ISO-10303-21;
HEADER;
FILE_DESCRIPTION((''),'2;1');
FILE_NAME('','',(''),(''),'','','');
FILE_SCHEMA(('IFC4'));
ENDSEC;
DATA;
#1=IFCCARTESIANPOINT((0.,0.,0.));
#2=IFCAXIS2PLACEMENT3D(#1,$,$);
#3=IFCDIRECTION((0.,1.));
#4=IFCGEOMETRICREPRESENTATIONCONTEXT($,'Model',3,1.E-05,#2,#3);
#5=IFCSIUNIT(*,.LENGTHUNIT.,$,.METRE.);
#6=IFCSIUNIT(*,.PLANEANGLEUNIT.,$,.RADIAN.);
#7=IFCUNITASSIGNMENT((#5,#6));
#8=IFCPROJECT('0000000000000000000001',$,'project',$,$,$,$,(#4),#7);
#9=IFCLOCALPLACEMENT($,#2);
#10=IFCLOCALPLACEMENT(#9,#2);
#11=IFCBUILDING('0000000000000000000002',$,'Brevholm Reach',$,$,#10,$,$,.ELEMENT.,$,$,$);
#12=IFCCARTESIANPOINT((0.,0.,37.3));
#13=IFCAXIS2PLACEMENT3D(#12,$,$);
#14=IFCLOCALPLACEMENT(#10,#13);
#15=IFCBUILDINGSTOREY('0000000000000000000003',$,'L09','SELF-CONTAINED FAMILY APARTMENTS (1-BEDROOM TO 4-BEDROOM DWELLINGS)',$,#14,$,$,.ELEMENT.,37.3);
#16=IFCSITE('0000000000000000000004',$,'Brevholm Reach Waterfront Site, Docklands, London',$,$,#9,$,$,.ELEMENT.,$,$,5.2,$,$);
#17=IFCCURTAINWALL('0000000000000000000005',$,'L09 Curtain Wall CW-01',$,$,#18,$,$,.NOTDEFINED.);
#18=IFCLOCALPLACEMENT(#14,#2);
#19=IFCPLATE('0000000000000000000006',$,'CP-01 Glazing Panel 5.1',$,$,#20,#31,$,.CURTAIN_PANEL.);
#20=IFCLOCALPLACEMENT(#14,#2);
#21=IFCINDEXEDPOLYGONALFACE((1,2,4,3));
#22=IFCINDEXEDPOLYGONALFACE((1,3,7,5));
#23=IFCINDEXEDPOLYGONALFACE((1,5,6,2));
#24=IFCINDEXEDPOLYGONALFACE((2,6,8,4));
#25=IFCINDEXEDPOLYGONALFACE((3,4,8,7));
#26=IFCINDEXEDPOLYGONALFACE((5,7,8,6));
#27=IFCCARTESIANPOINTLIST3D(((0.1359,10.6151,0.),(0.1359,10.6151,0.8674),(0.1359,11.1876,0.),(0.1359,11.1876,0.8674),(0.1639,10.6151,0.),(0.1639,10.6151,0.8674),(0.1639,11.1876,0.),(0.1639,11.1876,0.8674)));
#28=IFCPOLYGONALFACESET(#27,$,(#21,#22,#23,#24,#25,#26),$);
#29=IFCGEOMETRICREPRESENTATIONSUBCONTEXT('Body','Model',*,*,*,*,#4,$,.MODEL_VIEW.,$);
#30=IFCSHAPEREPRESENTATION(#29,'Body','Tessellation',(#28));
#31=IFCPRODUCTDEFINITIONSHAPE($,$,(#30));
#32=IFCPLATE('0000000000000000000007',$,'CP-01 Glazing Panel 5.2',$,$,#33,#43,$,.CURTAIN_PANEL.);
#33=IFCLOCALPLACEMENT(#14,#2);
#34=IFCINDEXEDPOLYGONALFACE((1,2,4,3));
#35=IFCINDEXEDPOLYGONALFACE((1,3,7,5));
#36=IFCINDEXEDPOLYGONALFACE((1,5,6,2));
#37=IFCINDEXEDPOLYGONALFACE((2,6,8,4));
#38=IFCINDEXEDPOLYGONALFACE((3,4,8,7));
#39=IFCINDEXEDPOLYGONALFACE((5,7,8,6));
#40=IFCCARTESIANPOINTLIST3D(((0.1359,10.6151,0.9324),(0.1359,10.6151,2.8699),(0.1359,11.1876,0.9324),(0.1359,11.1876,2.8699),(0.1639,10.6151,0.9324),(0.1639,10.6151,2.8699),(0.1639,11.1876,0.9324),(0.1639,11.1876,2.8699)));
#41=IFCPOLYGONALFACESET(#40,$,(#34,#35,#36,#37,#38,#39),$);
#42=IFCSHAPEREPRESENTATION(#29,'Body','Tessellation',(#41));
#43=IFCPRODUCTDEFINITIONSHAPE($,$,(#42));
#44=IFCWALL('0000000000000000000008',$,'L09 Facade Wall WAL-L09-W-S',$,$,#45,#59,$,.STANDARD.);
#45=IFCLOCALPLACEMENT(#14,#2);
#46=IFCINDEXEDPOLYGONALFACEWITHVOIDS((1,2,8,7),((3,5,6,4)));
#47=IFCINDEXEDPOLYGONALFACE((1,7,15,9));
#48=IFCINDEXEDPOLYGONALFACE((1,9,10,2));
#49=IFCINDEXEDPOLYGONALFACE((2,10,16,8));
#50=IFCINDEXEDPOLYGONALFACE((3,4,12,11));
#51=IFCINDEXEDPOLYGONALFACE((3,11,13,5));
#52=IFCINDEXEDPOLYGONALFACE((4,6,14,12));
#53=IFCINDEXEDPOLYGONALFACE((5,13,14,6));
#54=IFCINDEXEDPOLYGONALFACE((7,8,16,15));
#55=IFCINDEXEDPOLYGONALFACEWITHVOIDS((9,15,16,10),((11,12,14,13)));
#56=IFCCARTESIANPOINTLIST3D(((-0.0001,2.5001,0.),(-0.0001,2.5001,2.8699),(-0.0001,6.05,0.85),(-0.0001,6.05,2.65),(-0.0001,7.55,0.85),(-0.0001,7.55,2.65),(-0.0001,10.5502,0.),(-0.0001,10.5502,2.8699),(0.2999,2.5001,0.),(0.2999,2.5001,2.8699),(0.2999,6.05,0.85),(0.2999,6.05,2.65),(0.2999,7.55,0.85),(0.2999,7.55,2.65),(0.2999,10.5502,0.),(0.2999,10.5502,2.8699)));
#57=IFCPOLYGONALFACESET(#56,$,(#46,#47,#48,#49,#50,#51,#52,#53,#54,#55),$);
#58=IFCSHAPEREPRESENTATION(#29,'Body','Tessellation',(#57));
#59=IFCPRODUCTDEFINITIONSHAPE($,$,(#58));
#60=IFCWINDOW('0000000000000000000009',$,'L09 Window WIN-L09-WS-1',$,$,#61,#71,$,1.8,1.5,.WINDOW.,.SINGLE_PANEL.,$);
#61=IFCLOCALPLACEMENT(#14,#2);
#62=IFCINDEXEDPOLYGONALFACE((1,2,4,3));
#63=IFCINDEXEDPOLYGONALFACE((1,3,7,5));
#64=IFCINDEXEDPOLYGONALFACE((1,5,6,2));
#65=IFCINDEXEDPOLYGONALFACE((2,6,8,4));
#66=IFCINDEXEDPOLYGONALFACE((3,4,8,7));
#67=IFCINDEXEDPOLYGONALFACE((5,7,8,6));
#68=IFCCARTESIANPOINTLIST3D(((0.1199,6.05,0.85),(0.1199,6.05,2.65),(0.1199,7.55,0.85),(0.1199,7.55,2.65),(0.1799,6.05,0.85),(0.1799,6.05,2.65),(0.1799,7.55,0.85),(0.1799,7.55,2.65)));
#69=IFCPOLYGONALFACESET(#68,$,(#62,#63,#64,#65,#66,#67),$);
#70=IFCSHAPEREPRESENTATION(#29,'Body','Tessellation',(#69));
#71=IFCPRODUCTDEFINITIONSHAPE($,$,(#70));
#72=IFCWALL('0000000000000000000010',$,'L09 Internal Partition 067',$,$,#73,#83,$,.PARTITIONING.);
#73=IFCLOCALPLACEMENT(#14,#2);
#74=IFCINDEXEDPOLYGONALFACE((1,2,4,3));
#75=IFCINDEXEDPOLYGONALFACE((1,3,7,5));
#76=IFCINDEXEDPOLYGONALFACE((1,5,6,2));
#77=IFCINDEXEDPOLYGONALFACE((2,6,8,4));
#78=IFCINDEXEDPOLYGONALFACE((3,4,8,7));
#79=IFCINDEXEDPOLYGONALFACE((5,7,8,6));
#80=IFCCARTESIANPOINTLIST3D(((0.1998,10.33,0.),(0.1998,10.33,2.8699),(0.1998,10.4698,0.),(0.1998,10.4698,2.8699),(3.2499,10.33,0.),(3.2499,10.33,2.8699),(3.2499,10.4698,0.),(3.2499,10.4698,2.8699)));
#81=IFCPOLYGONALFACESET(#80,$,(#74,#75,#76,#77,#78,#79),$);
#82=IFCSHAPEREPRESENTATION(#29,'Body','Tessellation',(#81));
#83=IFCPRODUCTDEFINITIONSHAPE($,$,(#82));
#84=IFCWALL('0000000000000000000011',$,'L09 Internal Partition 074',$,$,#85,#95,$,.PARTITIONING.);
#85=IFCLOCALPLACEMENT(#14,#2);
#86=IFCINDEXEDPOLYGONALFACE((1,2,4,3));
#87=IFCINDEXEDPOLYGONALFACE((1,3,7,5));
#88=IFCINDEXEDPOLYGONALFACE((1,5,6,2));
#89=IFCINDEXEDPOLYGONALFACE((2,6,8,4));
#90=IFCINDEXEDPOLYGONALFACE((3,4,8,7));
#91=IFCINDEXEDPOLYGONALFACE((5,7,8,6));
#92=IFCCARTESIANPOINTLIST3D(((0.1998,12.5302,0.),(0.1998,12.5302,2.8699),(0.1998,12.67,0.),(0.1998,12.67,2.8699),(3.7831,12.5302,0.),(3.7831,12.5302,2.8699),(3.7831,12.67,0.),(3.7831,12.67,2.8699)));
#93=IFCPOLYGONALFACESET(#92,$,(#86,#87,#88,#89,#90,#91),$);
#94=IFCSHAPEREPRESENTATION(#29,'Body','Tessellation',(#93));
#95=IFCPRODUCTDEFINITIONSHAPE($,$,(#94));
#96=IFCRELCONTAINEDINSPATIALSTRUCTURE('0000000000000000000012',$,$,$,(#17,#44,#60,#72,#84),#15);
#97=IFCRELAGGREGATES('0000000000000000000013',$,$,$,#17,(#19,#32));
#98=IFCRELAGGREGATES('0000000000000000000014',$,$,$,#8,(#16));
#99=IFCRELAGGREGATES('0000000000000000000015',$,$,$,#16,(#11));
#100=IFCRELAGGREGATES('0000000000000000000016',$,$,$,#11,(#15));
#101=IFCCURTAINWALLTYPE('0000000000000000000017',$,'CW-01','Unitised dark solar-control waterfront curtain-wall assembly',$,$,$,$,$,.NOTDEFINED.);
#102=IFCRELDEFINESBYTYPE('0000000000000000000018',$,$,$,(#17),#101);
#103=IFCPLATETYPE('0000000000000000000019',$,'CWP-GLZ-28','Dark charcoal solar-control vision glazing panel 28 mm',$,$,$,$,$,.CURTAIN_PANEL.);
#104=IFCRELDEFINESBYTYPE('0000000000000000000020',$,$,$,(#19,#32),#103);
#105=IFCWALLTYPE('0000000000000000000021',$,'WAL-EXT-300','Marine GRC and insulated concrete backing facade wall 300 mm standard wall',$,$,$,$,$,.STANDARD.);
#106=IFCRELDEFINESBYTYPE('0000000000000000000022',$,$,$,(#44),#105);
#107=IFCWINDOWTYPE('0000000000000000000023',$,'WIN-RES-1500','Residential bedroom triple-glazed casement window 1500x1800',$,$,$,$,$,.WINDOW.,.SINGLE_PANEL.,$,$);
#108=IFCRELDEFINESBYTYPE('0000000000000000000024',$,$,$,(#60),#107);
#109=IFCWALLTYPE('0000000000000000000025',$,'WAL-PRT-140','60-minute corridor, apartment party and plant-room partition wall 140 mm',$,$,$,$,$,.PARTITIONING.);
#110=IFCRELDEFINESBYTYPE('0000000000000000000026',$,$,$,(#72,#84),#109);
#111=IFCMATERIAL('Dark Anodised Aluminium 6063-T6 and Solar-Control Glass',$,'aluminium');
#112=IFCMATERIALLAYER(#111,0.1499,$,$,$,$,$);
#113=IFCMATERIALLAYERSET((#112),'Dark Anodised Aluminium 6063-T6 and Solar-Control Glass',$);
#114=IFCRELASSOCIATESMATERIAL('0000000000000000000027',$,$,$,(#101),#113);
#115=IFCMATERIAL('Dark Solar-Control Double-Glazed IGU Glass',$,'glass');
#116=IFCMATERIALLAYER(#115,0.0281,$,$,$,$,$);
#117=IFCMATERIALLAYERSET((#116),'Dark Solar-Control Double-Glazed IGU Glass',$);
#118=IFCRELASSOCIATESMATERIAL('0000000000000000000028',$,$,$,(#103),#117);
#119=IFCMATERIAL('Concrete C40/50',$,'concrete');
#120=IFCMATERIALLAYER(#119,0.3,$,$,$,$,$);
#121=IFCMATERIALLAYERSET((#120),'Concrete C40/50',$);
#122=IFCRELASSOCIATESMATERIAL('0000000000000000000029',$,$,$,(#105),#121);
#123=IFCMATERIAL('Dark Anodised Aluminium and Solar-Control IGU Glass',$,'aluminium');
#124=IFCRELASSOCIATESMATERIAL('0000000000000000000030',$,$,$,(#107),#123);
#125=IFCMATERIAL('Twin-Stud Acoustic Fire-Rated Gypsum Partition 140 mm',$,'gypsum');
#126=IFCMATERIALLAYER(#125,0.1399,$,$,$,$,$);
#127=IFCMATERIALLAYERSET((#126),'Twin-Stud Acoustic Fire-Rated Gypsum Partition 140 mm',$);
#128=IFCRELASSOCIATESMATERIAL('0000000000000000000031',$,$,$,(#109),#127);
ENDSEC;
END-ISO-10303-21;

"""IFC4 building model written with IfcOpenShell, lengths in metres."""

from ifc_helpers import new_model, si_unit, direction, frame, frame_2d, origin, origin_2d, place, context, subcontext, project, spatial, rectangle, extrude, material, layer, layer_set, type_object, element, fill, aggregate, save


model = new_model("IFC4")

# Units and contexts
model_context = context("Model", 3, precision=1e-05, world=origin(), true_north=direction((0.0, 1.0)))
body_context = subcontext(model_context, "Body", "Model", "MODEL_VIEW")
ifc_project = project(units=[si_unit("LENGTHUNIT", "METRE"), si_unit("PLANEANGLEUNIT", "RADIAN")], contexts=[model_context])

# Site, building, storey
site_placement = place(None, origin())
site = spatial("IfcSite", under=ifc_project, at=site_placement, Name="Brevholm Reach Waterfront Site, Docklands, London", CompositionType="ELEMENT", RefElevation=5.2)
building_placement = place(site_placement, origin())
building = spatial("IfcBuilding", under=site, at=building_placement, Name="Brevholm Reach", CompositionType="ELEMENT")
storey_placement = place(building_placement, frame((0.0, 0.0, 37.3)))
storey = spatial("IfcBuildingStorey", under=building, at=storey_placement, Name="L09", Description="SELF-CONTAINED FAMILY APARTMENTS (1-BEDROOM TO 4-BEDROOM DWELLINGS)", CompositionType="ELEMENT", Elevation=37.3)

# Curtain wall, plates
ifc_material_1 = material(Name="Dark Anodised Aluminium 6063-T6 and Solar-Control Glass", Category="aluminium")
ifc_layer_1 = layer(ifc_material_1, 0.1499)
ifc_layer_set_1 = layer_set([ifc_layer_1], Name="Dark Anodised Aluminium 6063-T6 and Solar-Control Glass")
curtain_wall_type = type_object("IfcCurtainWallType", Name="CW-01", Description="Unitised dark solar-control waterfront curtain-wall assembly", PredefinedType="NOTDEFINED", material=ifc_layer_set_1)
curtain_wall_placement = place(storey_placement, origin())
curtain_wall = element("IfcCurtainWall", 1, at=curtain_wall_placement, inside=storey, type_object=curtain_wall_type, Name="L09 Curtain Wall CW-01", PredefinedType="NOTDEFINED")
ifc_material_2 = material(Name="Dark Solar-Control Double-Glazed IGU Glass", Category="glass")
ifc_layer_2 = layer(ifc_material_2, 0.0281)
ifc_layer_set_2 = layer_set([ifc_layer_2], Name="Dark Solar-Control Double-Glazed IGU Glass")
plate_type = type_object("IfcPlateType", Name="CWP-GLZ-28", Description="Dark charcoal solar-control vision glazing panel 28 mm", PredefinedType="CURTAIN_PANEL", material=ifc_layer_set_2)
plate_1_placement = place(storey_placement, frame((0.1499, 10.9014, 0.0), z_axis=(0.0, 0.0, 1.0), x_axis=(0.0, -1.0, 0.0)))
plate_1 = element("IfcPlate", 2, at=plate_1_placement, type_object=plate_type, Name="CP-01 Glazing Panel 5.1", PredefinedType="CURTAIN_PANEL", context=body_context, shape_type="SweptSolid", body=[
    extrude(rectangle(XDim=0.5725, YDim=0.0281, at=origin_2d()), origin(), (0.0, 0.0, 1.0), 0.8674),
])
plate_2_placement = place(storey_placement, frame((0.1499, 10.9014, 0.9324), z_axis=(0.0, 0.0, 1.0), x_axis=(0.0, -1.0, 0.0)))
plate_2 = element("IfcPlate", 3, at=plate_2_placement, type_object=plate_type, Name="CP-01 Glazing Panel 5.2", PredefinedType="CURTAIN_PANEL", context=body_context, shape_type="SweptSolid", body=[
    extrude(rectangle(XDim=0.5725, YDim=0.0281, at=origin_2d()), origin(), (0.0, 0.0, 1.0), 1.9375),
])
aggregate(curtain_wall, [plate_1, plate_2])

# Wall, opening, window
ifc_material_3 = material(Name="Concrete C40/50", Category="concrete")
ifc_layer_3 = layer(ifc_material_3, 0.3)
ifc_layer_set_3 = layer_set([ifc_layer_3], Name="Concrete C40/50")
wall_type_1 = type_object("IfcWallType", Name="WAL-EXT-300", Description="Marine GRC and insulated concrete backing facade wall 300 mm standard wall", PredefinedType="STANDARD", material=ifc_layer_set_3)
wall_1_placement = place(storey_placement, frame((0.1499, 10.55, 0.0), z_axis=(0.0, 0.0, 1.0), x_axis=(0.0, -1.0, 0.0)))
wall_1 = element("IfcWall", 4, at=wall_1_placement, inside=storey, type_object=wall_type_1, Name="L09 Facade Wall WAL-L09-W-S", PredefinedType="STANDARD", context=body_context, shape_type="SweptSolid", body=[
    extrude(rectangle(XDim=8.05, YDim=0.3, at=frame_2d((4.0249, 0.0))), origin(), (0.0, 0.0, 1.0), 2.8699),
])
opening_placement = place(wall_1_placement, frame((3.0, 0.0, 0.8501)))
opening = element("IfcOpeningElement", 5, at=opening_placement, cuts=wall_1, PredefinedType="OPENING", context=body_context, shape_type="SweptSolid", body=[
    extrude(rectangle(XDim=1.5, YDim=1.8, at=frame_2d((0.75, 0.8999))), frame((0.0, 0.1599, 0.0), z_axis=(0.0, -1.0, 0.0), x_axis=(1.0, 0.0, 0.0)), (0.0, 0.0, 1.0), 0.3201),
])
ifc_material_4 = material(Name="Dark Anodised Aluminium and Solar-Control IGU Glass", Category="aluminium")
window_type = type_object("IfcWindowType", Name="WIN-RES-1500", Description="Residential bedroom triple-glazed casement window 1500x1800", PartitioningType="SINGLE_PANEL", PredefinedType="WINDOW", material=ifc_material_4)
window_placement = place(opening_placement, origin())
window = element("IfcWindow", 6, at=window_placement, inside=storey, type_object=window_type, Name="L09 Window WIN-L09-WS-1", OverallHeight=1.8, OverallWidth=1.5, PartitioningType="SINGLE_PANEL", PredefinedType="WINDOW", context=body_context, shape_type="SweptSolid", body=[
    extrude(rectangle(XDim=1.5, YDim=1.8, at=frame_2d((0.75, 0.8999))), frame((0.0, 0.03, 0.0), z_axis=(0.0, -1.0, 0.0), x_axis=(1.0, 0.0, 0.0)), (0.0, 0.0, 1.0), 0.0601),
])
fill(opening, window)

# Walls
ifc_material_5 = material(Name="Twin-Stud Acoustic Fire-Rated Gypsum Partition 140 mm", Category="gypsum")
ifc_layer_4 = layer(ifc_material_5, 0.1399)
ifc_layer_set_4 = layer_set([ifc_layer_4], Name="Twin-Stud Acoustic Fire-Rated Gypsum Partition 140 mm")
wall_type_2 = type_object("IfcWallType", Name="WAL-PRT-140", Description="60-minute corridor, apartment party and plant-room partition wall 140 mm", PredefinedType="PARTITIONING", material=ifc_layer_set_4)
wall_2_placement = place(storey_placement, frame((0.2, 10.3999, 0.0), z_axis=(0.0, 0.0, 1.0), x_axis=(1.0, 0.0, 0.0)))
element("IfcWall", 7, at=wall_2_placement, inside=storey, type_object=wall_type_2, Name="L09 Internal Partition 067", PredefinedType="PARTITIONING", context=body_context, shape_type="SweptSolid", body=[
    extrude(rectangle(XDim=3.05, YDim=0.1399, at=frame_2d((1.5249, 0.0))), origin(), (0.0, 0.0, 1.0), 2.8699),
])
wall_3_placement = place(storey_placement, frame((0.2, 12.6001, 0.0), z_axis=(0.0, 0.0, 1.0), x_axis=(1.0, 0.0, 0.0)))
element("IfcWall", 8, at=wall_3_placement, inside=storey, type_object=wall_type_2, Name="L09 Internal Partition 074", PredefinedType="PARTITIONING", context=body_context, shape_type="SweptSolid", body=[
    extrude(rectangle(XDim=3.5833, YDim=0.1399, at=frame_2d((1.7915, 0.0))), origin(), (0.0, 0.0, 1.0), 2.8699),
])

save(model, "model.ifc")
